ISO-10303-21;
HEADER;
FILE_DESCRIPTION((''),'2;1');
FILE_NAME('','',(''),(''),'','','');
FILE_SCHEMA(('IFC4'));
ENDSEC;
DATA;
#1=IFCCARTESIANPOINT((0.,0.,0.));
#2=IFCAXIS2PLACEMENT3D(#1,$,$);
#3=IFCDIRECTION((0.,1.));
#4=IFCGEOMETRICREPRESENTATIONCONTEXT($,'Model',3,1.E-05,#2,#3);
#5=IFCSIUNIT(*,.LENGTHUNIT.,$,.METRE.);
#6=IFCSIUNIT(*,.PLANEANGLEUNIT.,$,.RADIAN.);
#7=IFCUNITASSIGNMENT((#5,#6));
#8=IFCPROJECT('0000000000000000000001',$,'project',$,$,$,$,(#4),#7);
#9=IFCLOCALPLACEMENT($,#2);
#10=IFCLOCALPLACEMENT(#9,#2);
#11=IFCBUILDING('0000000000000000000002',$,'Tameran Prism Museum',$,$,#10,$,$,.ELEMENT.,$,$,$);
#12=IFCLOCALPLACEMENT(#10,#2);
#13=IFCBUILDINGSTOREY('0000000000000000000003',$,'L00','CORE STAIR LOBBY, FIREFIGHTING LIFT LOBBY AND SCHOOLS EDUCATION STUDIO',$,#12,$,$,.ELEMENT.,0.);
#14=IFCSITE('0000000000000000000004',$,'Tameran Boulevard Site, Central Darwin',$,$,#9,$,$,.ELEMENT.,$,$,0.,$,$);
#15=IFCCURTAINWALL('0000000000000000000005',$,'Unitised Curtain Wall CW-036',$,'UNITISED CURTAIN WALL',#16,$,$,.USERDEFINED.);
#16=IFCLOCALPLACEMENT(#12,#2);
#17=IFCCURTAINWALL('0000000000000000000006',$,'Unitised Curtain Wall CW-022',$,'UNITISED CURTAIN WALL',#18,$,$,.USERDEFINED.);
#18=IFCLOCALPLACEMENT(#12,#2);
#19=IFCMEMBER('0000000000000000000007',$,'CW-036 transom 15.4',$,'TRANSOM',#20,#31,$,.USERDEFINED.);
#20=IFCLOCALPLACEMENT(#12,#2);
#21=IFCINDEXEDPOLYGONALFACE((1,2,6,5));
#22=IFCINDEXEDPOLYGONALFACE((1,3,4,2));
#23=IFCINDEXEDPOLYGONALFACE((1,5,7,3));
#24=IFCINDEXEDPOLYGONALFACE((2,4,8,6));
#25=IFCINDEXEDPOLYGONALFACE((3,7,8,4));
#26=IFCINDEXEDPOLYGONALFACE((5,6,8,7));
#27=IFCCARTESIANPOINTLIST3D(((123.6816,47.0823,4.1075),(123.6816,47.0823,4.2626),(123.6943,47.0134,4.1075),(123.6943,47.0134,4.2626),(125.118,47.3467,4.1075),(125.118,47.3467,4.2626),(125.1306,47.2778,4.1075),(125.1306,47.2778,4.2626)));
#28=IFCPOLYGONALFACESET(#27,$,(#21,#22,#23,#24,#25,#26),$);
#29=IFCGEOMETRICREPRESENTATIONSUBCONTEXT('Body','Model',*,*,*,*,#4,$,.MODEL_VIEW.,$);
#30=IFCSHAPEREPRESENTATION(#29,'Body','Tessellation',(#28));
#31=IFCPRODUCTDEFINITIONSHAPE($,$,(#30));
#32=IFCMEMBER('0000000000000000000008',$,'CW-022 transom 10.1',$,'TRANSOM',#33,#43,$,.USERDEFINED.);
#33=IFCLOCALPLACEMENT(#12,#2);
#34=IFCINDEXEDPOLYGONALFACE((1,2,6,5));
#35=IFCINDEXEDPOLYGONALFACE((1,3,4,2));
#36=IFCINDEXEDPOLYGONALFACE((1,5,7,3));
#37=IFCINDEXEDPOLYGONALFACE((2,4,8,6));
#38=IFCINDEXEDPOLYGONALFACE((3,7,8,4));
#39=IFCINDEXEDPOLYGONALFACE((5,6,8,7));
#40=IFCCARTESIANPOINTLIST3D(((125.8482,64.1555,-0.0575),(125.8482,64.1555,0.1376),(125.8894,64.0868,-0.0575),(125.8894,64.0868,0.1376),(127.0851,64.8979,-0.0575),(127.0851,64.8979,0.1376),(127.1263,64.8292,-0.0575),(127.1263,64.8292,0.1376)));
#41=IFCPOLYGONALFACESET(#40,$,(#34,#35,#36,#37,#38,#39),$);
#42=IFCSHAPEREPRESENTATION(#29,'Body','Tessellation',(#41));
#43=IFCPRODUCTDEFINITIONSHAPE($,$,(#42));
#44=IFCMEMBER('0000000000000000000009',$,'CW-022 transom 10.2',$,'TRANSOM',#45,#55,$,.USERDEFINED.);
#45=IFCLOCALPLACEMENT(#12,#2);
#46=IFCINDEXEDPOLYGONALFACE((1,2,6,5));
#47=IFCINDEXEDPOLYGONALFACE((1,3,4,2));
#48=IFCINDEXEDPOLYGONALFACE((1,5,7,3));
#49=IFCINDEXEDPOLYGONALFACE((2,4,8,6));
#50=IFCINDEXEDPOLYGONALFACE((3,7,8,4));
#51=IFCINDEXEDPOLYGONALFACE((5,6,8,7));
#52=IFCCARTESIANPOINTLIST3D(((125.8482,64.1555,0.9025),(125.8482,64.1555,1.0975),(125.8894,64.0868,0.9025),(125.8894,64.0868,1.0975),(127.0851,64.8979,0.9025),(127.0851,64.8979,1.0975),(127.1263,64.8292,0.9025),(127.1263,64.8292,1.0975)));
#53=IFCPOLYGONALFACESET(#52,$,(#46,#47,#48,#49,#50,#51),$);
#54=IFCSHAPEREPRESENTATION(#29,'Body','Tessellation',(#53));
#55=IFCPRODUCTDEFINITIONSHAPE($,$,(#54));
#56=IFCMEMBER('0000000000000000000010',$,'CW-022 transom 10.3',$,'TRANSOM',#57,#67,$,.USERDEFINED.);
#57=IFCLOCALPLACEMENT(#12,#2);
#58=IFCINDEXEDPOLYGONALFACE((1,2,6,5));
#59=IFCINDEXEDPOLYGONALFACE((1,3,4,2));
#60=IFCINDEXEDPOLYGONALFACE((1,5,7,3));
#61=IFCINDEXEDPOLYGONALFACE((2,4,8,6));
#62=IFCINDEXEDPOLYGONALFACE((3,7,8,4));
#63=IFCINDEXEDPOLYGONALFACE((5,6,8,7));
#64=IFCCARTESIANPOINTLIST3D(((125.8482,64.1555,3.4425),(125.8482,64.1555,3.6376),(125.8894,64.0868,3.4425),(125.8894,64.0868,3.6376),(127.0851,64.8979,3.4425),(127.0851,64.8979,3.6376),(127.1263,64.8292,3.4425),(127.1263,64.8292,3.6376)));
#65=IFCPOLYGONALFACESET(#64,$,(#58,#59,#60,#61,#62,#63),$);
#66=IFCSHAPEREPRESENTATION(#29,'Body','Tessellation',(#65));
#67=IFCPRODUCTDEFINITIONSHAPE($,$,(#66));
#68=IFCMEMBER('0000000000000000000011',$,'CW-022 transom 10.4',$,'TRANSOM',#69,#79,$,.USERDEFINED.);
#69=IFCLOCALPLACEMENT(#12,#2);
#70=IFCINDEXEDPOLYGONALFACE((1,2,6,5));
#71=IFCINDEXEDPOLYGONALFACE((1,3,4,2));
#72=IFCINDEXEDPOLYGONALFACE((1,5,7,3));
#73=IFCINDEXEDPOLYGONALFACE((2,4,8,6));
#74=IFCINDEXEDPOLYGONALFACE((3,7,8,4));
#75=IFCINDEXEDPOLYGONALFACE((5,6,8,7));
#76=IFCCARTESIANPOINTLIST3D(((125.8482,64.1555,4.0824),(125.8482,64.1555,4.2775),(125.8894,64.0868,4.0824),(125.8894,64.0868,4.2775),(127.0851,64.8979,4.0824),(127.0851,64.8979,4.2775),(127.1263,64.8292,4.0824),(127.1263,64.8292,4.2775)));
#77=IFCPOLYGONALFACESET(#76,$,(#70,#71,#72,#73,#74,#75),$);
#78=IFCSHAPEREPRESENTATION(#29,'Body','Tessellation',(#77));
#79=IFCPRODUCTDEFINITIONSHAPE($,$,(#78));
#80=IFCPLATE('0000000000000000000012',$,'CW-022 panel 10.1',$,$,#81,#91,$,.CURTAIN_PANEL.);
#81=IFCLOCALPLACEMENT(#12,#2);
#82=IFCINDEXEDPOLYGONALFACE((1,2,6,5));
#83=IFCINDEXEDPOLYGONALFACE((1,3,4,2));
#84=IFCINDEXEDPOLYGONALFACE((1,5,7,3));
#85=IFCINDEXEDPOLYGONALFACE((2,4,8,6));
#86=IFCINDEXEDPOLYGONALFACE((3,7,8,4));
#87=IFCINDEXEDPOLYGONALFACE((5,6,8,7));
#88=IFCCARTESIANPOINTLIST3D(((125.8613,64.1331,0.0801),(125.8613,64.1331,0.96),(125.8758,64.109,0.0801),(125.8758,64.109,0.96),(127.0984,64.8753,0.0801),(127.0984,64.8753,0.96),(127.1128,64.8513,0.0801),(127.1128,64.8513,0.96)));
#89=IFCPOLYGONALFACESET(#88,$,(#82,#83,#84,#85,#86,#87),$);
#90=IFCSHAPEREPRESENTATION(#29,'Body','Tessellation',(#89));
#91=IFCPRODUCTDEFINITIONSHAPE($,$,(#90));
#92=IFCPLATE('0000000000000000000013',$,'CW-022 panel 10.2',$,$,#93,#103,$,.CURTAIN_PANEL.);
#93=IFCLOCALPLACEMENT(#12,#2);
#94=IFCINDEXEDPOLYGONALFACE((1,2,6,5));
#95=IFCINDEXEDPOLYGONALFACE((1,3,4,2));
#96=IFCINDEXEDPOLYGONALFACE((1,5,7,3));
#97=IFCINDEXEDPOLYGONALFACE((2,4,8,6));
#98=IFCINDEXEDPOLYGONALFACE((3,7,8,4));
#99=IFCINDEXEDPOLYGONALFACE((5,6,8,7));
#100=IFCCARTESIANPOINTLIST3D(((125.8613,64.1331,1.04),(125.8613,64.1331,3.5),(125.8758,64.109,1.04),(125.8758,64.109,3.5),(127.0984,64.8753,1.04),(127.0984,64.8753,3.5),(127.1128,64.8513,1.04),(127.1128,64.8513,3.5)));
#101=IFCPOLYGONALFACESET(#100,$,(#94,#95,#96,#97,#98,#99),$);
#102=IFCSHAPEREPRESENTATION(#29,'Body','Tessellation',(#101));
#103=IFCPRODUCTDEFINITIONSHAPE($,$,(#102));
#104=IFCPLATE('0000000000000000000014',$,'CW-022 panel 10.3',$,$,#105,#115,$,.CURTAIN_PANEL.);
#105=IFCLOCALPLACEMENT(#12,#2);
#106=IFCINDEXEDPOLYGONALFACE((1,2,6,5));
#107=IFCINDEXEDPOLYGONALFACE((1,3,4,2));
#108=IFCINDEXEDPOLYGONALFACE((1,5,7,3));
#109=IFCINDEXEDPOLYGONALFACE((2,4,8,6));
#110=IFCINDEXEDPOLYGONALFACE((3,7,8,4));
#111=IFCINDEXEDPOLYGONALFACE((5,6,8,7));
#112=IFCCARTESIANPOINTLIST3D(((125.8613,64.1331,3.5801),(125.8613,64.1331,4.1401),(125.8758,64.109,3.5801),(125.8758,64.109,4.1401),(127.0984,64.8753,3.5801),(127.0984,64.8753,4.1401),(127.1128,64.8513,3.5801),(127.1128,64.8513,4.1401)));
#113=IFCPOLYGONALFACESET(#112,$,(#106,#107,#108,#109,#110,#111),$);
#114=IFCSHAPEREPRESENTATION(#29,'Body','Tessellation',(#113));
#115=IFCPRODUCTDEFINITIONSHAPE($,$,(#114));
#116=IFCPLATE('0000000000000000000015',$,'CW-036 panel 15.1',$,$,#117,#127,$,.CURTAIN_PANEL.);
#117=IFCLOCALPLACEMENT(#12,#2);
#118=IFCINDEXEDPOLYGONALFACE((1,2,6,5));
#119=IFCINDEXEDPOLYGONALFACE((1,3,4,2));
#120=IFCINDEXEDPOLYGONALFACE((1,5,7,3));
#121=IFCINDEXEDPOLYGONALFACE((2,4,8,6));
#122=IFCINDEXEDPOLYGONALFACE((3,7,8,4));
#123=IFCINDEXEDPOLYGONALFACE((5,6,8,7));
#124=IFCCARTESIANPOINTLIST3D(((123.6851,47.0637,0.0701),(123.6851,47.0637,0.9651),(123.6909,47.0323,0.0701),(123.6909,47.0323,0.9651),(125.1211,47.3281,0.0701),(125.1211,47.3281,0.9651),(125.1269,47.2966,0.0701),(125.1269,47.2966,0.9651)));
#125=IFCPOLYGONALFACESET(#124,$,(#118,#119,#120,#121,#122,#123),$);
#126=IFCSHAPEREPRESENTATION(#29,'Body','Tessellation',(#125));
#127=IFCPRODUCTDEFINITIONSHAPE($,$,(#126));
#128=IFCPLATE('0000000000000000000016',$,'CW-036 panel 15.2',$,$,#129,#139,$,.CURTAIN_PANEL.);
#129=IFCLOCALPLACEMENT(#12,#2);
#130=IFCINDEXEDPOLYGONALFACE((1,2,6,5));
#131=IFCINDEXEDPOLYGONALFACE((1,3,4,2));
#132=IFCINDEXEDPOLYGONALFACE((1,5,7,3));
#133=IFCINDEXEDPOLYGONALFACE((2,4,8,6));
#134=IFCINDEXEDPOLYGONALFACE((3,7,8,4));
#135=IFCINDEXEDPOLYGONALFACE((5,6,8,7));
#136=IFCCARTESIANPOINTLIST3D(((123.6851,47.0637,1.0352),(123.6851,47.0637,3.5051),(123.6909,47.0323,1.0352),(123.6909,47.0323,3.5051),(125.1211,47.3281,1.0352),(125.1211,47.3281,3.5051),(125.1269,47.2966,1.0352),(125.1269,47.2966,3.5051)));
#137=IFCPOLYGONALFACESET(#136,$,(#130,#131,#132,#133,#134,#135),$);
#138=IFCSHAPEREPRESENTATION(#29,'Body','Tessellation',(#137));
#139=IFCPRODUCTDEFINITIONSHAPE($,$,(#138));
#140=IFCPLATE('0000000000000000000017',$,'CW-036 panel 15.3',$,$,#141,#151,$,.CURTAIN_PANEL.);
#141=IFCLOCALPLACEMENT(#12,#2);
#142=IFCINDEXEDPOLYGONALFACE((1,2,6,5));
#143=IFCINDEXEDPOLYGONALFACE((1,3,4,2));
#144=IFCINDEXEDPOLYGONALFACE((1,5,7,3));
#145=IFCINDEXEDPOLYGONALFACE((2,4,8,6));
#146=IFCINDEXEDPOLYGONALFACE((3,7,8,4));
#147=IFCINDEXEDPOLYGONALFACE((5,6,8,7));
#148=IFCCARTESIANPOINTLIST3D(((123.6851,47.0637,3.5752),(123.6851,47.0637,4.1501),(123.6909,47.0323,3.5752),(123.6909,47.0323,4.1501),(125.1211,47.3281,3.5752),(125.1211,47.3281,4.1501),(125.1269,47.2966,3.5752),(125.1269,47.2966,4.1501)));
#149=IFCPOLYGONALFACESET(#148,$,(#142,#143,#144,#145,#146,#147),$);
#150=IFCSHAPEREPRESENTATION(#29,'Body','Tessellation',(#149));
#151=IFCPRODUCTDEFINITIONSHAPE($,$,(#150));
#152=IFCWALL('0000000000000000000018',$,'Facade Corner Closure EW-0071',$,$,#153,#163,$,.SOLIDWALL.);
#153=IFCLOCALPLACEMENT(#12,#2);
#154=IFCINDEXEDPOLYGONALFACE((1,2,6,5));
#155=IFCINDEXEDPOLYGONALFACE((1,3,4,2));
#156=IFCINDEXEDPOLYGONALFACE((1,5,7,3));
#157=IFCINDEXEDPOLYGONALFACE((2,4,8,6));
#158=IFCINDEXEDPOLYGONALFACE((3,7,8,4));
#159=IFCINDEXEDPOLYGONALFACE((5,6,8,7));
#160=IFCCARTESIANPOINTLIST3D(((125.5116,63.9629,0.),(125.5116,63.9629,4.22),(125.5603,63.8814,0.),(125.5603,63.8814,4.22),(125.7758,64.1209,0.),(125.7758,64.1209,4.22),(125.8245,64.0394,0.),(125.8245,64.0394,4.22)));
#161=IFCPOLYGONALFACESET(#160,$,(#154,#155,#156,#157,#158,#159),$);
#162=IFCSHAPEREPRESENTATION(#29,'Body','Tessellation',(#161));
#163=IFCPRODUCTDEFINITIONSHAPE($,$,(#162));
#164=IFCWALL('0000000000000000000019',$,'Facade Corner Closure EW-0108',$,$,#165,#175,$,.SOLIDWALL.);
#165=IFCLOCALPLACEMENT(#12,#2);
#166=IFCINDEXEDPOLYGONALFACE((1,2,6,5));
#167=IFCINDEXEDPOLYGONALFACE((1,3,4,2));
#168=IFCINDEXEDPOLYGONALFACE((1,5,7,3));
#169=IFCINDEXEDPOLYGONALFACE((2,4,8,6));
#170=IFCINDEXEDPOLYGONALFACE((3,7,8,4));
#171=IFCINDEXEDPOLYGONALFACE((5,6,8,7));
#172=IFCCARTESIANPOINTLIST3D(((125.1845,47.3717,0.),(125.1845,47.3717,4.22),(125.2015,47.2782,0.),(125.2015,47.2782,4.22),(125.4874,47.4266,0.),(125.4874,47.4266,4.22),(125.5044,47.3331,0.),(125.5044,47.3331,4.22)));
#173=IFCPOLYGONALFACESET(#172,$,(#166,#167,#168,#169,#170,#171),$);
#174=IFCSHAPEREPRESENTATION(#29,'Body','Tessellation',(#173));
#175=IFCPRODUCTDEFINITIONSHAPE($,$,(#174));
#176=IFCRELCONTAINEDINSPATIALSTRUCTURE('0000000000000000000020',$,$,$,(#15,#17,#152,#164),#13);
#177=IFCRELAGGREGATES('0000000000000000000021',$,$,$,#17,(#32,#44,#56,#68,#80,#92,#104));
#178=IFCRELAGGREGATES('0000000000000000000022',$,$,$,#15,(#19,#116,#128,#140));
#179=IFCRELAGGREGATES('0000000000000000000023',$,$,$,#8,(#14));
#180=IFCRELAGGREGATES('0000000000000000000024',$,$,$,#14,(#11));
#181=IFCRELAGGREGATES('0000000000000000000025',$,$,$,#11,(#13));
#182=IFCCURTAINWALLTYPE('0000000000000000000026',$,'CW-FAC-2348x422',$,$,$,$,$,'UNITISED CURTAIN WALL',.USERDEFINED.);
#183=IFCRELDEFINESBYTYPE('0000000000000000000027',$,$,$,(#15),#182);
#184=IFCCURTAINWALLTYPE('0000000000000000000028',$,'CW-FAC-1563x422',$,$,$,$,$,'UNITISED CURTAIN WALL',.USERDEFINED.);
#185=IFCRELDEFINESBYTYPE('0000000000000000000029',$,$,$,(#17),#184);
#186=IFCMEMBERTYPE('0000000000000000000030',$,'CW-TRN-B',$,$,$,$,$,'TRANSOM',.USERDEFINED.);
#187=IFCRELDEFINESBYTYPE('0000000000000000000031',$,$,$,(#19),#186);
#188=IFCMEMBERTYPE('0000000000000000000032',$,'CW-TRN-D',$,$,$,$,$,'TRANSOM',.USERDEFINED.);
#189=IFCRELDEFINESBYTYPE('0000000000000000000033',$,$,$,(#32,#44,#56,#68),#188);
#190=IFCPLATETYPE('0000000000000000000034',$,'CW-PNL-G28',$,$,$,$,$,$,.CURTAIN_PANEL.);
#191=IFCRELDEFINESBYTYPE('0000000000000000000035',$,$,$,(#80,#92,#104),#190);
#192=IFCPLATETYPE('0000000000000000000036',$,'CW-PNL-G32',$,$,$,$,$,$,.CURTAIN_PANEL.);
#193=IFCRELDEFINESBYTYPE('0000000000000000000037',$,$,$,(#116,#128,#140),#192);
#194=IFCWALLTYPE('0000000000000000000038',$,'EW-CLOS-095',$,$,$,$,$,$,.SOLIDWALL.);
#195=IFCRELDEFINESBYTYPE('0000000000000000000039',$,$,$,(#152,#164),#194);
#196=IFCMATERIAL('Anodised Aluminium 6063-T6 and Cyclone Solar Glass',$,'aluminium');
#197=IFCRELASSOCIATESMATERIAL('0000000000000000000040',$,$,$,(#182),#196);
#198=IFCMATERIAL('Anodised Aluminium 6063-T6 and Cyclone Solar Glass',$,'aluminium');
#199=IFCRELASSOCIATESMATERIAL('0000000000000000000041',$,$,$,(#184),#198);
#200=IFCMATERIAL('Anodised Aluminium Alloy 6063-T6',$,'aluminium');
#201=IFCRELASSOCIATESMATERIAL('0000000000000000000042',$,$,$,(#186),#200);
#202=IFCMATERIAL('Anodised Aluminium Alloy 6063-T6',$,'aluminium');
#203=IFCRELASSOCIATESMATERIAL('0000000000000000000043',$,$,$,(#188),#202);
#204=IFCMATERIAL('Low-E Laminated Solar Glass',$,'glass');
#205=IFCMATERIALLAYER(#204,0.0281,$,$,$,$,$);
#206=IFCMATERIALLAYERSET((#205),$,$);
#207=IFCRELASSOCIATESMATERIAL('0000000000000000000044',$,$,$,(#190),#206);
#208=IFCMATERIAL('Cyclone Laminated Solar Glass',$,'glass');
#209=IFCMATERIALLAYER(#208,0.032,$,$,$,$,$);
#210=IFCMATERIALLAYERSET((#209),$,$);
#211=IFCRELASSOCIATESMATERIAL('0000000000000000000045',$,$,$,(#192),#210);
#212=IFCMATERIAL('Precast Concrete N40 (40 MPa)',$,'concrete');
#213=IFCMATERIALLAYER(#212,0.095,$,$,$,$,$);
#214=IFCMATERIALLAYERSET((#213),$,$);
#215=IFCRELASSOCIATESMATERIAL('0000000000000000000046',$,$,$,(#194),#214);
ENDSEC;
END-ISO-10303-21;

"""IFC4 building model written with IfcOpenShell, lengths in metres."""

from ifc_helpers import new_model, si_unit, direction, frame, frame_2d, origin, origin_2d, place, context, subcontext, project, spatial, rectangle, extrude, material, layer, layer_set, material_profile, profile_set, type_object, element, aggregate, save


model = new_model("IFC4")

# Units and contexts
model_context = context("Model", 3, precision=1e-05, world=origin(), true_north=direction((0.0, 1.0)))
body_context = subcontext(model_context, "Body", "Model", "MODEL_VIEW")
ifc_project = project(units=[si_unit("LENGTHUNIT", "METRE"), si_unit("PLANEANGLEUNIT", "RADIAN")], contexts=[model_context])

# Site, building, storey
site_placement = place(None, origin())
site = spatial("IfcSite", under=ifc_project, at=site_placement, Name="Tameran Boulevard Site, Central Darwin", CompositionType="ELEMENT", RefElevation=0.0)
building_placement = place(site_placement, origin())
building = spatial("IfcBuilding", under=site, at=building_placement, Name="Tameran Prism Museum", CompositionType="ELEMENT")
storey_placement = place(building_placement, origin())
storey = spatial("IfcBuildingStorey", under=building, at=storey_placement, Name="L00", Description="CORE STAIR LOBBY, FIREFIGHTING LIFT LOBBY AND SCHOOLS EDUCATION STUDIO", CompositionType="ELEMENT", Elevation=0.0)

# Curtain walls
ifc_material_1 = material(Name="Anodised Aluminium 6063-T6 and Cyclone Solar Glass", Category="aluminium")
curtain_wall_type_1 = type_object("IfcCurtainWallType", Name="CW-FAC-2348x422", ElementType="UNITISED CURTAIN WALL", PredefinedType="USERDEFINED", material=ifc_material_1)
curtain_wall_1_placement = place(storey_placement, origin())
curtain_wall_1 = element("IfcCurtainWall", 1, at=curtain_wall_1_placement, inside=storey, type_object=curtain_wall_type_1, Name="Unitised Curtain Wall CW-036", ObjectType="UNITISED CURTAIN WALL", PredefinedType="USERDEFINED")
ifc_material_2 = material(Name="Anodised Aluminium 6063-T6 and Cyclone Solar Glass", Category="aluminium")
curtain_wall_type_2 = type_object("IfcCurtainWallType", Name="CW-FAC-1563x422", ElementType="UNITISED CURTAIN WALL", PredefinedType="USERDEFINED", material=ifc_material_2)
curtain_wall_2_placement = place(storey_placement, origin())
curtain_wall_2 = element("IfcCurtainWall", 2, at=curtain_wall_2_placement, inside=storey, type_object=curtain_wall_type_2, Name="Unitised Curtain Wall CW-022", ObjectType="UNITISED CURTAIN WALL", PredefinedType="USERDEFINED")

# Members
ifc_material_3 = material(Name="Anodised Aluminium Alloy 6063-T6", Category="aluminium")
ifc_material_profile_1 = material_profile(ifc_material_3, rectangle(XDim=0.0701, YDim=0.155, at=origin_2d()))
ifc_profile_set_1 = profile_set([ifc_material_profile_1])
member_type_1 = type_object("IfcMemberType", Name="CW-TRN-B", ElementType="TRANSOM", PredefinedType="USERDEFINED", material=ifc_profile_set_1)
member_1_placement = place(storey_placement, frame((123.688, 47.0479, 4.1851), z_axis=(0.983474, 0.181048, 0.0), x_axis=(-0.181048, 0.983474, 0.0)))
member_1 = element("IfcMember", 3, at=member_1_placement, type_object=member_type_1, Name="CW-036 transom 15.4", ObjectType="TRANSOM", PredefinedType="USERDEFINED", context=body_context, shape_type="SweptSolid", body=[
    extrude(rectangle(XDim=0.0701, YDim=0.155, at=origin_2d()), origin(), (0.0, 0.0, 1.0), 1.4604),
])
ifc_material_4 = material(Name="Anodised Aluminium Alloy 6063-T6", Category="aluminium")
ifc_material_profile_2 = material_profile(ifc_material_4, rectangle(XDim=0.0801, YDim=0.1951, at=origin_2d()))
ifc_profile_set_2 = profile_set([ifc_material_profile_2])
member_type_2 = type_object("IfcMemberType", Name="CW-TRN-D", ElementType="TRANSOM", PredefinedType="USERDEFINED", material=ifc_profile_set_2)
member_2_placement = place(storey_placement, frame((127.1057, 64.8635, 0.04), z_axis=(-0.857433, -0.514595, 0.0), x_axis=(0.514595, -0.857433, 0.0)))
member_2 = element("IfcMember", 4, at=member_2_placement, type_object=member_type_2, Name="CW-022 transom 10.1", ObjectType="TRANSOM", PredefinedType="USERDEFINED", context=body_context, shape_type="SweptSolid", body=[
    extrude(rectangle(XDim=0.0801, YDim=0.1951, at=origin_2d()), origin(), (0.0, 0.0, 1.0), 1.4426),
])
member_3_placement = place(storey_placement, frame((127.1057, 64.8635, 1.0), z_axis=(-0.857433, -0.514595, 0.0), x_axis=(0.514595, -0.857433, 0.0)))
member_3 = element("IfcMember", 5, at=member_3_placement, type_object=member_type_2, Name="CW-022 transom 10.2", ObjectType="TRANSOM", PredefinedType="USERDEFINED", context=body_context, shape_type="SweptSolid", body=[
    extrude(rectangle(XDim=0.0801, YDim=0.1951, at=origin_2d()), origin(), (0.0, 0.0, 1.0), 1.4426),
])
member_4_placement = place(storey_placement, frame((127.1057, 64.8635, 3.54), z_axis=(-0.857433, -0.514595, 0.0), x_axis=(0.514595, -0.857433, 0.0)))
member_4 = element("IfcMember", 6, at=member_4_placement, type_object=member_type_2, Name="CW-022 transom 10.3", ObjectType="TRANSOM", PredefinedType="USERDEFINED", context=body_context, shape_type="SweptSolid", body=[
    extrude(rectangle(XDim=0.0801, YDim=0.1951, at=origin_2d()), origin(), (0.0, 0.0, 1.0), 1.4426),
])
member_5_placement = place(storey_placement, frame((127.1057, 64.8635, 4.1799), z_axis=(-0.857433, -0.514595, 0.0), x_axis=(0.514595, -0.857433, 0.0)))
member_5 = element("IfcMember", 7, at=member_5_placement, type_object=member_type_2, Name="CW-022 transom 10.4", ObjectType="TRANSOM", PredefinedType="USERDEFINED", context=body_context, shape_type="SweptSolid", body=[
    extrude(rectangle(XDim=0.0801, YDim=0.1951, at=origin_2d()), origin(), (0.0, 0.0, 1.0), 1.4426),
])

# Plates
ifc_material_5 = material(Name="Low-E Laminated Solar Glass", Category="glass")
ifc_layer_1 = layer(ifc_material_5, 0.0281)
ifc_layer_set_1 = layer_set([ifc_layer_1])
plate_type_1 = type_object("IfcPlateType", Name="CW-PNL-G28", PredefinedType="CURTAIN_PANEL", material=ifc_layer_set_1)
plate_1_placement = place(storey_placement, frame((126.4871, 64.4922, 0.0801), z_axis=(0.0, 0.0, 1.0), x_axis=(-0.857493, -0.514496, 0.0)))
plate_1 = element("IfcPlate", 8, at=plate_1_placement, type_object=plate_type_1, Name="CW-022 panel 10.1", PredefinedType="CURTAIN_PANEL", context=body_context, shape_type="SweptSolid", body=[
    extrude(rectangle(XDim=1.4426, YDim=0.0281, at=origin_2d()), origin(), (0.0, 0.0, 1.0), 0.8799),
])
plate_2_placement = place(storey_placement, frame((126.4871, 64.4922, 1.04), z_axis=(0.0, 0.0, 1.0), x_axis=(-0.857493, -0.514496, 0.0)))
plate_2 = element("IfcPlate", 9, at=plate_2_placement, type_object=plate_type_1, Name="CW-022 panel 10.2", PredefinedType="CURTAIN_PANEL", context=body_context, shape_type="SweptSolid", body=[
    extrude(rectangle(XDim=1.4426, YDim=0.0281, at=origin_2d()), origin(), (0.0, 0.0, 1.0), 2.46),
])
plate_3_placement = place(storey_placement, frame((126.4871, 64.4922, 3.5801), z_axis=(0.0, 0.0, 1.0), x_axis=(-0.857493, -0.514496, 0.0)))
plate_3 = element("IfcPlate", 10, at=plate_3_placement, type_object=plate_type_1, Name="CW-022 panel 10.3", PredefinedType="CURTAIN_PANEL", context=body_context, shape_type="SweptSolid", body=[
    extrude(rectangle(XDim=1.4426, YDim=0.0281, at=origin_2d()), origin(), (0.0, 0.0, 1.0), 0.5601),
])
aggregate(curtain_wall_2, [member_2, member_3, member_4, member_5, plate_1, plate_2, plate_3])
ifc_material_6 = material(Name="Cyclone Laminated Solar Glass", Category="glass")
ifc_layer_2 = layer(ifc_material_6, 0.032)
ifc_layer_set_2 = layer_set([ifc_layer_2])
plate_type_2 = type_object("IfcPlateType", Name="CW-PNL-G32", PredefinedType="CURTAIN_PANEL", material=ifc_layer_set_2)
plate_4_placement = place(storey_placement, frame((124.406, 47.1802, 0.0701), z_axis=(0.0, 0.0, 1.0), x_axis=(0.983472, 0.181063, 0.0)))
plate_4 = element("IfcPlate", 11, at=plate_4_placement, type_object=plate_type_2, Name="CW-036 panel 15.1", PredefinedType="CURTAIN_PANEL", context=body_context, shape_type="SweptSolid", body=[
    extrude(rectangle(XDim=1.4602, YDim=0.032, at=origin_2d()), origin(), (0.0, 0.0, 1.0), 0.895),
])
plate_5_placement = place(storey_placement, frame((124.406, 47.1802, 1.0352), z_axis=(0.0, 0.0, 1.0), x_axis=(0.983472, 0.181063, 0.0)))
plate_5 = element("IfcPlate", 12, at=plate_5_placement, type_object=plate_type_2, Name="CW-036 panel 15.2", PredefinedType="CURTAIN_PANEL", context=body_context, shape_type="SweptSolid", body=[
    extrude(rectangle(XDim=1.4602, YDim=0.032, at=origin_2d()), origin(), (0.0, 0.0, 1.0), 2.47),
])
plate_6_placement = place(storey_placement, frame((124.406, 47.1802, 3.5752), z_axis=(0.0, 0.0, 1.0), x_axis=(0.983472, 0.181063, 0.0)))
plate_6 = element("IfcPlate", 13, at=plate_6_placement, type_object=plate_type_2, Name="CW-036 panel 15.3", PredefinedType="CURTAIN_PANEL", context=body_context, shape_type="SweptSolid", body=[
    extrude(rectangle(XDim=1.4602, YDim=0.032, at=origin_2d()), origin(), (0.0, 0.0, 1.0), 0.575),
])
aggregate(curtain_wall_1, [member_1, plate_4, plate_5, plate_6])

# Walls
ifc_material_7 = material(Name="Precast Concrete N40 (40 MPa)", Category="concrete")
ifc_layer_3 = layer(ifc_material_7, 0.095)
ifc_layer_set_3 = layer_set([ifc_layer_3])
wall_type_1 = type_object("IfcWallType", Name="EW-CLOS-095", PredefinedType="SOLIDWALL", material=ifc_layer_set_3)
for number, where, z_axis, x_axis, name in (
    (14, (125.8, 64.0801, 0.0), (0.0, 0.0, 1.0), (-0.858262, -0.513212, 0.0), "Facade Corner Closure EW-0071"),
    (15, (125.1931, 47.325, 0.0), (0.0, 0.0, 1.0), (0.983959, 0.178397, 0.0), "Facade Corner Closure EW-0108"),
):
    element("IfcWall", number, at=place(storey_placement, frame(where, z_axis=z_axis, x_axis=x_axis)), inside=storey, type_object=wall_type_1, Name=name, PredefinedType="SOLIDWALL", context=body_context, shape_type="SweptSolid", body=[
        extrude(rectangle(XDim=0.3079, YDim=0.095, at=frame_2d((0.1538, 0.0))), origin(), (0.0, 0.0, 1.0), 4.22),
    ])

save(model, "model.ifc")
